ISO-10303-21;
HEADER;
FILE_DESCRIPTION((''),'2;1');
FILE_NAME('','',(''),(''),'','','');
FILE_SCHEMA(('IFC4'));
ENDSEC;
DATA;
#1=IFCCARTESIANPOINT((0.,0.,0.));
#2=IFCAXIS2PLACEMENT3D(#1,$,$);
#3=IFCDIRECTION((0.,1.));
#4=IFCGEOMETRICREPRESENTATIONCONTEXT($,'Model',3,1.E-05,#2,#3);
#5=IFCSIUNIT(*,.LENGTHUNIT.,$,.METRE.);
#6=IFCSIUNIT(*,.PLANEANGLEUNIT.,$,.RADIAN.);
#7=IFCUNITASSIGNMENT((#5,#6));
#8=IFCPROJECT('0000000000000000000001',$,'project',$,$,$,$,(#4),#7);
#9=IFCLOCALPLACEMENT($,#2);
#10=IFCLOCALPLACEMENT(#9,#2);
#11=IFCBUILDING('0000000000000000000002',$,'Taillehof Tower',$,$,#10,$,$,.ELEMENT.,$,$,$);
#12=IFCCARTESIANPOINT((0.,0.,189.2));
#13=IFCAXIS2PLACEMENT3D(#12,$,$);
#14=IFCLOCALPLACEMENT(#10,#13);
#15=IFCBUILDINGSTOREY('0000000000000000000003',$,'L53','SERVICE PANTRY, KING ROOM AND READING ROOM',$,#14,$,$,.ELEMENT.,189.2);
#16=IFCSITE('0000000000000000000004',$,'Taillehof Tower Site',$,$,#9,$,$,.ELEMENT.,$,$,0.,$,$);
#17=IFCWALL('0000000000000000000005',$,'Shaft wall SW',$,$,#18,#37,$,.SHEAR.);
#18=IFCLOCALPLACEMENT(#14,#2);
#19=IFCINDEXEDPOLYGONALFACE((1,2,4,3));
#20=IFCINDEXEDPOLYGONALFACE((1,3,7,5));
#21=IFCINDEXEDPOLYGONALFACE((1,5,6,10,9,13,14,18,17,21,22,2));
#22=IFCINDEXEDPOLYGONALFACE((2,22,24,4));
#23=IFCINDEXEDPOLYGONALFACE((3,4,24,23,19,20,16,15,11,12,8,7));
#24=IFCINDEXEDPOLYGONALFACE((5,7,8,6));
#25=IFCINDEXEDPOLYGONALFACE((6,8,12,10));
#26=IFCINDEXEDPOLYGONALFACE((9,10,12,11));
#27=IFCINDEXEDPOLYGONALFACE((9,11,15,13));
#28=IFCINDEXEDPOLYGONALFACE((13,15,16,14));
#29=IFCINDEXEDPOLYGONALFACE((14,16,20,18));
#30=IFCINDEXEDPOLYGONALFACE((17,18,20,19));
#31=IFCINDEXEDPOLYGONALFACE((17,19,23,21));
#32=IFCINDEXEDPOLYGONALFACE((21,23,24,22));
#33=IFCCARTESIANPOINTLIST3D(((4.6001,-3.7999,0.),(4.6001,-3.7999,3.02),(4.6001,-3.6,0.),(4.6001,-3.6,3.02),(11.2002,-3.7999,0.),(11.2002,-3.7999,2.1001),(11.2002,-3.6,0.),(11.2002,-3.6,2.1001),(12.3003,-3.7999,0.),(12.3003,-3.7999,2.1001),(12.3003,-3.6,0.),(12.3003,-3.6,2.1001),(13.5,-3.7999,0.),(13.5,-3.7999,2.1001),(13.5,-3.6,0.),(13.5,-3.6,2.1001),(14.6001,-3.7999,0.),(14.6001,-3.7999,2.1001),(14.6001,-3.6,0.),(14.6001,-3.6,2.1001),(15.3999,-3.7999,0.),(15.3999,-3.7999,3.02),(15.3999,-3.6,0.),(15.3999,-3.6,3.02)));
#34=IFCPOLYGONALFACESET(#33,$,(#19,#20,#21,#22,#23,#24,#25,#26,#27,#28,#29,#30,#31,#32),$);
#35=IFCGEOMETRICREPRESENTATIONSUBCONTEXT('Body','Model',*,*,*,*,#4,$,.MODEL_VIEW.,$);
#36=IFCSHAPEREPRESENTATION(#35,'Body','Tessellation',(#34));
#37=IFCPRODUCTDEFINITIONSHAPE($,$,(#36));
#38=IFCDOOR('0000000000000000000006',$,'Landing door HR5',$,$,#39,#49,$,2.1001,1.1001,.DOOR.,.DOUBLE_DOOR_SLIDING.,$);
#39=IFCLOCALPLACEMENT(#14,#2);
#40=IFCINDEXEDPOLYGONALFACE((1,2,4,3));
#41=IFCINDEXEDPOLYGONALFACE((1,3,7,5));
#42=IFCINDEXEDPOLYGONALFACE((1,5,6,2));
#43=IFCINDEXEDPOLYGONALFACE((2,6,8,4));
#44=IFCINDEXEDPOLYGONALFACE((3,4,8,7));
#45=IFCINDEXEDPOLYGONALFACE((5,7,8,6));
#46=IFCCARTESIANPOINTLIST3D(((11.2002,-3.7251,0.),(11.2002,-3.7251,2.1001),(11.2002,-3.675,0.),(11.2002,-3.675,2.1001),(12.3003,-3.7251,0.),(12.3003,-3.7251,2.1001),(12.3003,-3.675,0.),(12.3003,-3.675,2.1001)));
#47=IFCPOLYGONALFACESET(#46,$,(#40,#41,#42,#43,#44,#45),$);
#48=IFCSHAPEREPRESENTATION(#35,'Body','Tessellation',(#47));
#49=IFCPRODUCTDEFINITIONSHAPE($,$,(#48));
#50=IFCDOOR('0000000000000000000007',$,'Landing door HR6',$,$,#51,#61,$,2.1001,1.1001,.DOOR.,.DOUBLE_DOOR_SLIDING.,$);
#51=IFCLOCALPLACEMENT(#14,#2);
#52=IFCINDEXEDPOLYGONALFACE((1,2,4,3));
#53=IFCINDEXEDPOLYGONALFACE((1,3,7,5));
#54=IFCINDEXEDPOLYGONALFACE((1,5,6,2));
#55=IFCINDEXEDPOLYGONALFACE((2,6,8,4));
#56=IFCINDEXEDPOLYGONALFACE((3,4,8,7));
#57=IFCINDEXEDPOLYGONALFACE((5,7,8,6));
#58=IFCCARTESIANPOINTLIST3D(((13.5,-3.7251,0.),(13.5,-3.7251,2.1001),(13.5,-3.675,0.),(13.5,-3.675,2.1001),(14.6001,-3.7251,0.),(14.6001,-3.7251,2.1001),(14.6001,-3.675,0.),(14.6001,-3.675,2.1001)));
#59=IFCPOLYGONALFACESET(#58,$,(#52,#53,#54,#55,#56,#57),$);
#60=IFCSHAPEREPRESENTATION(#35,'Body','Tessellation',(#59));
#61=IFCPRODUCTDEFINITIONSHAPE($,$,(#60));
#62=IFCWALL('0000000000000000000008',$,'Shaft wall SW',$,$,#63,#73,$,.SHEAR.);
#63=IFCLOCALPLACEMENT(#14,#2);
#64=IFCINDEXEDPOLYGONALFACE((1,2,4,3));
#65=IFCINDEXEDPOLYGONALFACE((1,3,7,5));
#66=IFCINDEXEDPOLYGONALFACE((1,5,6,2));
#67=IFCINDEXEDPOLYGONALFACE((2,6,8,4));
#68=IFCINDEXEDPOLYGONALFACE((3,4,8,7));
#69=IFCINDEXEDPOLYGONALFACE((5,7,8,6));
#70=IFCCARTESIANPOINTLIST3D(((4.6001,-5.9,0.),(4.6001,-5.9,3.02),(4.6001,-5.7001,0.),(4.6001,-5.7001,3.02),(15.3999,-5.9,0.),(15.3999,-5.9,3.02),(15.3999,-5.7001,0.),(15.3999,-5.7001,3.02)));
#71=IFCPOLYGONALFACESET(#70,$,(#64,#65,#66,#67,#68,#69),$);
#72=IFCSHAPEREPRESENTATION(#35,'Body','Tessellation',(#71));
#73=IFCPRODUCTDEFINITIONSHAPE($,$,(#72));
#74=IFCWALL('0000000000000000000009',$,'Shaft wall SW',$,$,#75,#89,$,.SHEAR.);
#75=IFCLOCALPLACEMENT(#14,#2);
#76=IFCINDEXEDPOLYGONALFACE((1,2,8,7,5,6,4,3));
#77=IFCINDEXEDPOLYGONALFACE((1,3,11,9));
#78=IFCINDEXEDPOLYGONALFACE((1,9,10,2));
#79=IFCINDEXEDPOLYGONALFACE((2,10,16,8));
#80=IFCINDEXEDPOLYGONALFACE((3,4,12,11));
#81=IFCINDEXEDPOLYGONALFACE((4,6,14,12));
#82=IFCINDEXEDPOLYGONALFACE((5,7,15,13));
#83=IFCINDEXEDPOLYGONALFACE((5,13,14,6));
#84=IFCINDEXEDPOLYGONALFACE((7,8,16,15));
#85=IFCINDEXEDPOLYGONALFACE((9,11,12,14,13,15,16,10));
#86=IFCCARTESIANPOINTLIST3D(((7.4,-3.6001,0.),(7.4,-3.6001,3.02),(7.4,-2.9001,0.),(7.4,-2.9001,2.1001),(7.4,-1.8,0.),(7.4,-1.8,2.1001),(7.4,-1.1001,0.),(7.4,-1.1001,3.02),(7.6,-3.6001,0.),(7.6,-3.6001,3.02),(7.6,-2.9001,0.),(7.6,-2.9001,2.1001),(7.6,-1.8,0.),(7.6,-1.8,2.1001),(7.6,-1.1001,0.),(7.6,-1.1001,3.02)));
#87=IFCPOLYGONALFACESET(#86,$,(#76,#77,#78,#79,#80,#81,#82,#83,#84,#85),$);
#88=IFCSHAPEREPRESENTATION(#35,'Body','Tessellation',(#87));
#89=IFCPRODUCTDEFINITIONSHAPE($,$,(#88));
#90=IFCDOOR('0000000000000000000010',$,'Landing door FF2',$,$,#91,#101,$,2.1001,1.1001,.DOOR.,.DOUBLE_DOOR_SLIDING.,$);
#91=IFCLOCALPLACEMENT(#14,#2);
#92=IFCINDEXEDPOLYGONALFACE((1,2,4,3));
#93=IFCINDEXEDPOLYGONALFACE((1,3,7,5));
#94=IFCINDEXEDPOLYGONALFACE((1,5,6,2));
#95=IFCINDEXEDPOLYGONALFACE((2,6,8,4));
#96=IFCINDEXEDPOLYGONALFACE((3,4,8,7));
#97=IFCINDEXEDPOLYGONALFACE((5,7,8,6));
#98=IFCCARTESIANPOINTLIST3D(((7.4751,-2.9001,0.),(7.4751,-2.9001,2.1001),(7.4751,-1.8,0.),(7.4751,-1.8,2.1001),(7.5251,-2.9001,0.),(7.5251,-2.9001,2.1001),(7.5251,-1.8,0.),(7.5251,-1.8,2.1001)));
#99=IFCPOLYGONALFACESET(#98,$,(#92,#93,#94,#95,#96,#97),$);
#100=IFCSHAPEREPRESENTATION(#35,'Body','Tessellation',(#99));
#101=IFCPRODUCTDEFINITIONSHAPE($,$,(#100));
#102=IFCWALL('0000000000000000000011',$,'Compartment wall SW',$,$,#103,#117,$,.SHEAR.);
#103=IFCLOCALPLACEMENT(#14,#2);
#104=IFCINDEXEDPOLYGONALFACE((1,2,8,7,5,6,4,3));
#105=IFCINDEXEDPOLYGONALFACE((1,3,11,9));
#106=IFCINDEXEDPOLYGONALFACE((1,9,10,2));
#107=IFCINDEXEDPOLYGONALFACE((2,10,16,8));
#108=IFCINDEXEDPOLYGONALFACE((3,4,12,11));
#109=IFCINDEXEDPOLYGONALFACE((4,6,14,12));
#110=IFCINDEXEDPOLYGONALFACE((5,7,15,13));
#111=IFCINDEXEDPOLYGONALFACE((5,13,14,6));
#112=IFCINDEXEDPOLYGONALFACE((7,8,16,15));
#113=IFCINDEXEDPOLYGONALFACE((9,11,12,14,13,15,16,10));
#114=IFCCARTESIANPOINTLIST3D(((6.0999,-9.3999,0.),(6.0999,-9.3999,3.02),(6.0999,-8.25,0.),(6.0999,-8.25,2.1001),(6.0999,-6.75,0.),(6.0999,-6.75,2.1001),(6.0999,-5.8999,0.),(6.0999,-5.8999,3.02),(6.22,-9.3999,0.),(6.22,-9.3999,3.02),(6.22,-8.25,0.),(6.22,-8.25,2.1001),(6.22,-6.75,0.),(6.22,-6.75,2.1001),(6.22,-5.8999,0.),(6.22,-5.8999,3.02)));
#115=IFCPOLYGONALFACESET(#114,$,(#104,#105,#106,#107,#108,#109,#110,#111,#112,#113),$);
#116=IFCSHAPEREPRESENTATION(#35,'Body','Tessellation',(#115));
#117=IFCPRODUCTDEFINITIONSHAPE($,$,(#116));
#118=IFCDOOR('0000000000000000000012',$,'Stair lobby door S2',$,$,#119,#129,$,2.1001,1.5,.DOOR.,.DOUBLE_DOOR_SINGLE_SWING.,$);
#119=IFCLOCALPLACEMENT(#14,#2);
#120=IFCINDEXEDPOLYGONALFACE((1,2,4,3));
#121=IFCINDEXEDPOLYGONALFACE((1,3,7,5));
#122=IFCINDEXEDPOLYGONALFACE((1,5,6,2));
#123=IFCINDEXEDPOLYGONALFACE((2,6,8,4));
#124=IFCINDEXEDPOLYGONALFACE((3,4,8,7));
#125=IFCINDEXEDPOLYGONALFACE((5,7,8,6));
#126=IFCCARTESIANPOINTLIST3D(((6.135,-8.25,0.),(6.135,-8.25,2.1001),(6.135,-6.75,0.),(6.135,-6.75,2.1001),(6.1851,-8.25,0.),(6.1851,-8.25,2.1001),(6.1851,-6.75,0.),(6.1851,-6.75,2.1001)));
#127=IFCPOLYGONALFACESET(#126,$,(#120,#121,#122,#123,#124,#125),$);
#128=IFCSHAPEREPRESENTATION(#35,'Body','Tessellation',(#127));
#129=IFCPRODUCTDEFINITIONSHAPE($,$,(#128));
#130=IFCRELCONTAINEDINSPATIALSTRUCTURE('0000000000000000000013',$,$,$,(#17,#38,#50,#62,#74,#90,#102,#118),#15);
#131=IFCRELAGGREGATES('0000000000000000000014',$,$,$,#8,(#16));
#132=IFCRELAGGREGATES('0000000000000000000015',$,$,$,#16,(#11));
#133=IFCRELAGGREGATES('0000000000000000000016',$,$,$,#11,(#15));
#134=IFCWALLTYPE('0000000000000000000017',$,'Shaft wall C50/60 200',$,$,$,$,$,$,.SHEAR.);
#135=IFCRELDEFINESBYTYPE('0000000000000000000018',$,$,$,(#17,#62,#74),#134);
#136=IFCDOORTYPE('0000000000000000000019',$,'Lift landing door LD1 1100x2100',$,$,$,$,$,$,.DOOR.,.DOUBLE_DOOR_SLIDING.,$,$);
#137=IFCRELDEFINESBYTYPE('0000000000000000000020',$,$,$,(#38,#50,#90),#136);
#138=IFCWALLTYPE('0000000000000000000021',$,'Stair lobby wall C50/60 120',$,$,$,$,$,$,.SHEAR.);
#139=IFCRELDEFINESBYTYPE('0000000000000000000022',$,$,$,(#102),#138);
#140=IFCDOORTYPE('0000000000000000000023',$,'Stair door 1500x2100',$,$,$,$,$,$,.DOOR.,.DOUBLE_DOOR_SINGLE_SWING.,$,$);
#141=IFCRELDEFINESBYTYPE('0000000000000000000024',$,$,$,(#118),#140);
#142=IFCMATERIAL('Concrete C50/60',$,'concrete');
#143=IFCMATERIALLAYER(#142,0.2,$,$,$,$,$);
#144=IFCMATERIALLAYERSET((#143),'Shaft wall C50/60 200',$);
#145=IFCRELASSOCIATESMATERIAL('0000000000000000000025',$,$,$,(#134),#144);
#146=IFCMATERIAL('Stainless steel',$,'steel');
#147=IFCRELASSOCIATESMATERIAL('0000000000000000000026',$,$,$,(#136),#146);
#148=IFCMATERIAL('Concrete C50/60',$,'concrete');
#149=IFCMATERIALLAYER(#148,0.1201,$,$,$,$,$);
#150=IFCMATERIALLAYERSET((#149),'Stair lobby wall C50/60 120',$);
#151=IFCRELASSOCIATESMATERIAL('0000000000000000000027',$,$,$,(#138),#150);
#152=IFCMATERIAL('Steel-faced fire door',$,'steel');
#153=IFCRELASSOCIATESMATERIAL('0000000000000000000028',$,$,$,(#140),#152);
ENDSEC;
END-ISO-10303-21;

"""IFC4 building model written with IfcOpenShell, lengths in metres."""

from ifc_helpers import new_model, si_unit, direction, frame, frame_2d, origin, place, context, subcontext, project, spatial, rectangle, extrude, material, layer, layer_set, type_object, element, fill, save


model = new_model("IFC4")

# Units and contexts
model_context = context("Model", 3, precision=1e-05, world=origin(), true_north=direction((0.0, 1.0)))
body_context = subcontext(model_context, "Body", "Model", "MODEL_VIEW")
ifc_project = project(units=[si_unit("LENGTHUNIT", "METRE"), si_unit("PLANEANGLEUNIT", "RADIAN")], contexts=[model_context])

# Site, building, storey
site_placement = place(None, origin())
site = spatial("IfcSite", under=ifc_project, at=site_placement, Name="Taillehof Tower Site", CompositionType="ELEMENT", RefElevation=0.0)
building_placement = place(site_placement, origin())
building = spatial("IfcBuilding", under=site, at=building_placement, Name="Taillehof Tower", CompositionType="ELEMENT")
storey_placement = place(building_placement, frame((0.0, 0.0, 189.2)))
storey = spatial("IfcBuildingStorey", under=building, at=storey_placement, Name="L53", Description="SERVICE PANTRY, KING ROOM AND READING ROOM", CompositionType="ELEMENT", Elevation=189.2)

# Shared definitions
ifc_material_1 = material(Name="Concrete C50/60", Category="concrete")
ifc_layer_1 = layer(ifc_material_1, 0.2)
ifc_layer_set_1 = layer_set([ifc_layer_1], Name="Shaft wall C50/60 200")
wall_type_1 = type_object("IfcWallType", Name="Shaft wall C50/60 200", PredefinedType="SHEAR", material=ifc_layer_set_1)

# Wall, openings, doors
wall_1_placement = place(storey_placement, frame((4.6001, -3.7, 0.0), z_axis=(0.0, 0.0, 1.0), x_axis=(1.0, 0.0, 0.0)))
wall_1 = element("IfcWall", 1, at=wall_1_placement, inside=storey, type_object=wall_type_1, Name="Shaft wall SW", PredefinedType="SHEAR", context=body_context, shape_type="SweptSolid", body=[
    extrude(rectangle(XDim=10.7998, YDim=0.2, at=frame_2d((5.3999, 0.0))), origin(), (0.0, 0.0, 1.0), 3.02),
])
opening_1_placement = place(wall_1_placement, frame((6.6001, 0.0, 0.0)))
opening_1 = element("IfcOpeningElement", 2, at=opening_1_placement, cuts=wall_1, PredefinedType="OPENING", context=body_context, shape_type="SweptSolid", body=[
    extrude(rectangle(XDim=1.1001, YDim=2.1001, at=frame_2d((0.55, 1.05))), frame((0.0, 0.1099, 0.0), z_axis=(0.0, -1.0, 0.0), x_axis=(1.0, 0.0, 0.0)), (0.0, 0.0, 1.0), 0.22),
])
opening_2_placement = place(wall_1_placement, frame((8.8999, 0.0, 0.0)))
opening_2 = element("IfcOpeningElement", 3, at=opening_2_placement, cuts=wall_1, PredefinedType="OPENING", context=body_context, shape_type="SweptSolid", body=[
    extrude(rectangle(XDim=1.1001, YDim=2.1001, at=frame_2d((0.55, 1.05))), frame((0.0, 0.1099, 0.0), z_axis=(0.0, -1.0, 0.0), x_axis=(1.0, 0.0, 0.0)), (0.0, 0.0, 1.0), 0.22),
])
ifc_material_2 = material(Name="Stainless steel", Category="steel")
door_type_1 = type_object("IfcDoorType", Name="Lift landing door LD1 1100x2100", OperationType="DOUBLE_DOOR_SLIDING", PredefinedType="DOOR", material=ifc_material_2)
door_1_placement = place(opening_1_placement, origin())
door_1 = element("IfcDoor", 4, at=door_1_placement, inside=storey, type_object=door_type_1, Name="Landing door HR5", OperationType="DOUBLE_DOOR_SLIDING", OverallHeight=2.1001, OverallWidth=1.1001, PredefinedType="DOOR", context=body_context, shape_type="SweptSolid", body=[
    extrude(rectangle(XDim=1.1001, YDim=2.1001, at=frame_2d((0.55, 1.05))), frame((0.0, 0.0249, 0.0), z_axis=(0.0, -1.0, 0.0), x_axis=(1.0, 0.0, 0.0)), (0.0, 0.0, 1.0), 0.05),
])
fill(opening_1, door_1)
door_2_placement = place(opening_2_placement, origin())
door_2 = element("IfcDoor", 5, at=door_2_placement, inside=storey, type_object=door_type_1, Name="Landing door HR6", OperationType="DOUBLE_DOOR_SLIDING", OverallHeight=2.1001, OverallWidth=1.1001, PredefinedType="DOOR", context=body_context, shape_type="SweptSolid", body=[
    extrude(rectangle(XDim=1.1001, YDim=2.1001, at=frame_2d((0.55, 1.05))), frame((0.0, 0.0249, 0.0), z_axis=(0.0, -1.0, 0.0), x_axis=(1.0, 0.0, 0.0)), (0.0, 0.0, 1.0), 0.05),
])
fill(opening_2, door_2)

# Wall
wall_2_placement = place(storey_placement, frame((4.6001, -5.8, 0.0), z_axis=(0.0, 0.0, 1.0), x_axis=(1.0, 0.0, 0.0)))
element("IfcWall", 6, at=wall_2_placement, inside=storey, type_object=wall_type_1, Name="Shaft wall SW", PredefinedType="SHEAR", context=body_context, shape_type="SweptSolid", body=[
    extrude(rectangle(XDim=10.7998, YDim=0.2, at=frame_2d((5.3999, 0.0))), origin(), (0.0, 0.0, 1.0), 3.02),
])

# Walls, openings, doors
wall_3_placement = place(storey_placement, frame((7.5, -3.6001, 0.0), z_axis=(0.0, 0.0, 1.0), x_axis=(0.0, 1.0, 0.0)))
wall_3 = element("IfcWall", 7, at=wall_3_placement, inside=storey, type_object=wall_type_1, Name="Shaft wall SW", PredefinedType="SHEAR", context=body_context, shape_type="SweptSolid", body=[
    extrude(rectangle(XDim=2.5, YDim=0.2, at=frame_2d((1.25, 0.0))), origin(), (0.0, 0.0, 1.0), 3.02),
])
opening_3_placement = place(wall_3_placement, frame((0.7, 0.0, 0.0)))
opening_3 = element("IfcOpeningElement", 8, at=opening_3_placement, cuts=wall_3, PredefinedType="OPENING", context=body_context, shape_type="SweptSolid", body=[
    extrude(rectangle(XDim=1.1001, YDim=2.1001, at=frame_2d((0.55, 1.05))), frame((0.0, 0.1099, 0.0), z_axis=(0.0, -1.0, 0.0), x_axis=(1.0, 0.0, 0.0)), (0.0, 0.0, 1.0), 0.22),
])
door_3_placement = place(opening_3_placement, origin())
door_3 = element("IfcDoor", 9, at=door_3_placement, inside=storey, type_object=door_type_1, Name="Landing door FF2", OperationType="DOUBLE_DOOR_SLIDING", OverallHeight=2.1001, OverallWidth=1.1001, PredefinedType="DOOR", context=body_context, shape_type="SweptSolid", body=[
    extrude(rectangle(XDim=1.1001, YDim=2.1001, at=frame_2d((0.55, 1.05))), frame((0.0, 0.0249, 0.0), z_axis=(0.0, -1.0, 0.0), x_axis=(1.0, 0.0, 0.0)), (0.0, 0.0, 1.0), 0.05),
])
fill(opening_3, door_3)
ifc_material_3 = material(Name="Concrete C50/60", Category="concrete")
ifc_layer_2 = layer(ifc_material_3, 0.1201)
ifc_layer_set_2 = layer_set([ifc_layer_2], Name="Stair lobby wall C50/60 120")
wall_type_2 = type_object("IfcWallType", Name="Stair lobby wall C50/60 120", PredefinedType="SHEAR", material=ifc_layer_set_2)
wall_4_placement = place(storey_placement, frame((6.1599, -9.3999, 0.0), z_axis=(0.0, 0.0, 1.0), x_axis=(0.0, 1.0, 0.0)))
wall_4 = element("IfcWall", 10, at=wall_4_placement, inside=storey, type_object=wall_type_2, Name="Compartment wall SW", PredefinedType="SHEAR", context=body_context, shape_type="SweptSolid", body=[
    extrude(rectangle(XDim=3.5, YDim=0.1201, at=frame_2d((1.75, 0.0))), origin(), (0.0, 0.0, 1.0), 3.02),
])
opening_4_placement = place(wall_4_placement, frame((1.1499, 0.0, 0.0)))
opening_4 = element("IfcOpeningElement", 11, at=opening_4_placement, cuts=wall_4, PredefinedType="OPENING", context=body_context, shape_type="SweptSolid", body=[
    extrude(rectangle(XDim=1.5, YDim=2.1001, at=frame_2d((0.75, 1.05))), frame((0.0, 0.0701, 0.0), z_axis=(0.0, -1.0, 0.0), x_axis=(1.0, 0.0, 0.0)), (0.0, 0.0, 1.0), 0.1401),
])
ifc_material_4 = material(Name="Steel-faced fire door", Category="steel")
door_type_2 = type_object("IfcDoorType", Name="Stair door 1500x2100", OperationType="DOUBLE_DOOR_SINGLE_SWING", PredefinedType="DOOR", material=ifc_material_4)
door_4_placement = place(opening_4_placement, origin())
door_4 = element("IfcDoor", 12, at=door_4_placement, inside=storey, type_object=door_type_2, Name="Stair lobby door S2", OperationType="DOUBLE_DOOR_SINGLE_SWING", OverallHeight=2.1001, OverallWidth=1.5, PredefinedType="DOOR", context=body_context, shape_type="SweptSolid", body=[
    extrude(rectangle(XDim=1.5, YDim=2.1001, at=frame_2d((0.75, 1.05))), frame((0.0, 0.0249, 0.0), z_axis=(0.0, -1.0, 0.0), x_axis=(1.0, 0.0, 0.0)), (0.0, 0.0, 1.0), 0.05),
])
fill(opening_4, door_4)

save(model, "model.ifc")
